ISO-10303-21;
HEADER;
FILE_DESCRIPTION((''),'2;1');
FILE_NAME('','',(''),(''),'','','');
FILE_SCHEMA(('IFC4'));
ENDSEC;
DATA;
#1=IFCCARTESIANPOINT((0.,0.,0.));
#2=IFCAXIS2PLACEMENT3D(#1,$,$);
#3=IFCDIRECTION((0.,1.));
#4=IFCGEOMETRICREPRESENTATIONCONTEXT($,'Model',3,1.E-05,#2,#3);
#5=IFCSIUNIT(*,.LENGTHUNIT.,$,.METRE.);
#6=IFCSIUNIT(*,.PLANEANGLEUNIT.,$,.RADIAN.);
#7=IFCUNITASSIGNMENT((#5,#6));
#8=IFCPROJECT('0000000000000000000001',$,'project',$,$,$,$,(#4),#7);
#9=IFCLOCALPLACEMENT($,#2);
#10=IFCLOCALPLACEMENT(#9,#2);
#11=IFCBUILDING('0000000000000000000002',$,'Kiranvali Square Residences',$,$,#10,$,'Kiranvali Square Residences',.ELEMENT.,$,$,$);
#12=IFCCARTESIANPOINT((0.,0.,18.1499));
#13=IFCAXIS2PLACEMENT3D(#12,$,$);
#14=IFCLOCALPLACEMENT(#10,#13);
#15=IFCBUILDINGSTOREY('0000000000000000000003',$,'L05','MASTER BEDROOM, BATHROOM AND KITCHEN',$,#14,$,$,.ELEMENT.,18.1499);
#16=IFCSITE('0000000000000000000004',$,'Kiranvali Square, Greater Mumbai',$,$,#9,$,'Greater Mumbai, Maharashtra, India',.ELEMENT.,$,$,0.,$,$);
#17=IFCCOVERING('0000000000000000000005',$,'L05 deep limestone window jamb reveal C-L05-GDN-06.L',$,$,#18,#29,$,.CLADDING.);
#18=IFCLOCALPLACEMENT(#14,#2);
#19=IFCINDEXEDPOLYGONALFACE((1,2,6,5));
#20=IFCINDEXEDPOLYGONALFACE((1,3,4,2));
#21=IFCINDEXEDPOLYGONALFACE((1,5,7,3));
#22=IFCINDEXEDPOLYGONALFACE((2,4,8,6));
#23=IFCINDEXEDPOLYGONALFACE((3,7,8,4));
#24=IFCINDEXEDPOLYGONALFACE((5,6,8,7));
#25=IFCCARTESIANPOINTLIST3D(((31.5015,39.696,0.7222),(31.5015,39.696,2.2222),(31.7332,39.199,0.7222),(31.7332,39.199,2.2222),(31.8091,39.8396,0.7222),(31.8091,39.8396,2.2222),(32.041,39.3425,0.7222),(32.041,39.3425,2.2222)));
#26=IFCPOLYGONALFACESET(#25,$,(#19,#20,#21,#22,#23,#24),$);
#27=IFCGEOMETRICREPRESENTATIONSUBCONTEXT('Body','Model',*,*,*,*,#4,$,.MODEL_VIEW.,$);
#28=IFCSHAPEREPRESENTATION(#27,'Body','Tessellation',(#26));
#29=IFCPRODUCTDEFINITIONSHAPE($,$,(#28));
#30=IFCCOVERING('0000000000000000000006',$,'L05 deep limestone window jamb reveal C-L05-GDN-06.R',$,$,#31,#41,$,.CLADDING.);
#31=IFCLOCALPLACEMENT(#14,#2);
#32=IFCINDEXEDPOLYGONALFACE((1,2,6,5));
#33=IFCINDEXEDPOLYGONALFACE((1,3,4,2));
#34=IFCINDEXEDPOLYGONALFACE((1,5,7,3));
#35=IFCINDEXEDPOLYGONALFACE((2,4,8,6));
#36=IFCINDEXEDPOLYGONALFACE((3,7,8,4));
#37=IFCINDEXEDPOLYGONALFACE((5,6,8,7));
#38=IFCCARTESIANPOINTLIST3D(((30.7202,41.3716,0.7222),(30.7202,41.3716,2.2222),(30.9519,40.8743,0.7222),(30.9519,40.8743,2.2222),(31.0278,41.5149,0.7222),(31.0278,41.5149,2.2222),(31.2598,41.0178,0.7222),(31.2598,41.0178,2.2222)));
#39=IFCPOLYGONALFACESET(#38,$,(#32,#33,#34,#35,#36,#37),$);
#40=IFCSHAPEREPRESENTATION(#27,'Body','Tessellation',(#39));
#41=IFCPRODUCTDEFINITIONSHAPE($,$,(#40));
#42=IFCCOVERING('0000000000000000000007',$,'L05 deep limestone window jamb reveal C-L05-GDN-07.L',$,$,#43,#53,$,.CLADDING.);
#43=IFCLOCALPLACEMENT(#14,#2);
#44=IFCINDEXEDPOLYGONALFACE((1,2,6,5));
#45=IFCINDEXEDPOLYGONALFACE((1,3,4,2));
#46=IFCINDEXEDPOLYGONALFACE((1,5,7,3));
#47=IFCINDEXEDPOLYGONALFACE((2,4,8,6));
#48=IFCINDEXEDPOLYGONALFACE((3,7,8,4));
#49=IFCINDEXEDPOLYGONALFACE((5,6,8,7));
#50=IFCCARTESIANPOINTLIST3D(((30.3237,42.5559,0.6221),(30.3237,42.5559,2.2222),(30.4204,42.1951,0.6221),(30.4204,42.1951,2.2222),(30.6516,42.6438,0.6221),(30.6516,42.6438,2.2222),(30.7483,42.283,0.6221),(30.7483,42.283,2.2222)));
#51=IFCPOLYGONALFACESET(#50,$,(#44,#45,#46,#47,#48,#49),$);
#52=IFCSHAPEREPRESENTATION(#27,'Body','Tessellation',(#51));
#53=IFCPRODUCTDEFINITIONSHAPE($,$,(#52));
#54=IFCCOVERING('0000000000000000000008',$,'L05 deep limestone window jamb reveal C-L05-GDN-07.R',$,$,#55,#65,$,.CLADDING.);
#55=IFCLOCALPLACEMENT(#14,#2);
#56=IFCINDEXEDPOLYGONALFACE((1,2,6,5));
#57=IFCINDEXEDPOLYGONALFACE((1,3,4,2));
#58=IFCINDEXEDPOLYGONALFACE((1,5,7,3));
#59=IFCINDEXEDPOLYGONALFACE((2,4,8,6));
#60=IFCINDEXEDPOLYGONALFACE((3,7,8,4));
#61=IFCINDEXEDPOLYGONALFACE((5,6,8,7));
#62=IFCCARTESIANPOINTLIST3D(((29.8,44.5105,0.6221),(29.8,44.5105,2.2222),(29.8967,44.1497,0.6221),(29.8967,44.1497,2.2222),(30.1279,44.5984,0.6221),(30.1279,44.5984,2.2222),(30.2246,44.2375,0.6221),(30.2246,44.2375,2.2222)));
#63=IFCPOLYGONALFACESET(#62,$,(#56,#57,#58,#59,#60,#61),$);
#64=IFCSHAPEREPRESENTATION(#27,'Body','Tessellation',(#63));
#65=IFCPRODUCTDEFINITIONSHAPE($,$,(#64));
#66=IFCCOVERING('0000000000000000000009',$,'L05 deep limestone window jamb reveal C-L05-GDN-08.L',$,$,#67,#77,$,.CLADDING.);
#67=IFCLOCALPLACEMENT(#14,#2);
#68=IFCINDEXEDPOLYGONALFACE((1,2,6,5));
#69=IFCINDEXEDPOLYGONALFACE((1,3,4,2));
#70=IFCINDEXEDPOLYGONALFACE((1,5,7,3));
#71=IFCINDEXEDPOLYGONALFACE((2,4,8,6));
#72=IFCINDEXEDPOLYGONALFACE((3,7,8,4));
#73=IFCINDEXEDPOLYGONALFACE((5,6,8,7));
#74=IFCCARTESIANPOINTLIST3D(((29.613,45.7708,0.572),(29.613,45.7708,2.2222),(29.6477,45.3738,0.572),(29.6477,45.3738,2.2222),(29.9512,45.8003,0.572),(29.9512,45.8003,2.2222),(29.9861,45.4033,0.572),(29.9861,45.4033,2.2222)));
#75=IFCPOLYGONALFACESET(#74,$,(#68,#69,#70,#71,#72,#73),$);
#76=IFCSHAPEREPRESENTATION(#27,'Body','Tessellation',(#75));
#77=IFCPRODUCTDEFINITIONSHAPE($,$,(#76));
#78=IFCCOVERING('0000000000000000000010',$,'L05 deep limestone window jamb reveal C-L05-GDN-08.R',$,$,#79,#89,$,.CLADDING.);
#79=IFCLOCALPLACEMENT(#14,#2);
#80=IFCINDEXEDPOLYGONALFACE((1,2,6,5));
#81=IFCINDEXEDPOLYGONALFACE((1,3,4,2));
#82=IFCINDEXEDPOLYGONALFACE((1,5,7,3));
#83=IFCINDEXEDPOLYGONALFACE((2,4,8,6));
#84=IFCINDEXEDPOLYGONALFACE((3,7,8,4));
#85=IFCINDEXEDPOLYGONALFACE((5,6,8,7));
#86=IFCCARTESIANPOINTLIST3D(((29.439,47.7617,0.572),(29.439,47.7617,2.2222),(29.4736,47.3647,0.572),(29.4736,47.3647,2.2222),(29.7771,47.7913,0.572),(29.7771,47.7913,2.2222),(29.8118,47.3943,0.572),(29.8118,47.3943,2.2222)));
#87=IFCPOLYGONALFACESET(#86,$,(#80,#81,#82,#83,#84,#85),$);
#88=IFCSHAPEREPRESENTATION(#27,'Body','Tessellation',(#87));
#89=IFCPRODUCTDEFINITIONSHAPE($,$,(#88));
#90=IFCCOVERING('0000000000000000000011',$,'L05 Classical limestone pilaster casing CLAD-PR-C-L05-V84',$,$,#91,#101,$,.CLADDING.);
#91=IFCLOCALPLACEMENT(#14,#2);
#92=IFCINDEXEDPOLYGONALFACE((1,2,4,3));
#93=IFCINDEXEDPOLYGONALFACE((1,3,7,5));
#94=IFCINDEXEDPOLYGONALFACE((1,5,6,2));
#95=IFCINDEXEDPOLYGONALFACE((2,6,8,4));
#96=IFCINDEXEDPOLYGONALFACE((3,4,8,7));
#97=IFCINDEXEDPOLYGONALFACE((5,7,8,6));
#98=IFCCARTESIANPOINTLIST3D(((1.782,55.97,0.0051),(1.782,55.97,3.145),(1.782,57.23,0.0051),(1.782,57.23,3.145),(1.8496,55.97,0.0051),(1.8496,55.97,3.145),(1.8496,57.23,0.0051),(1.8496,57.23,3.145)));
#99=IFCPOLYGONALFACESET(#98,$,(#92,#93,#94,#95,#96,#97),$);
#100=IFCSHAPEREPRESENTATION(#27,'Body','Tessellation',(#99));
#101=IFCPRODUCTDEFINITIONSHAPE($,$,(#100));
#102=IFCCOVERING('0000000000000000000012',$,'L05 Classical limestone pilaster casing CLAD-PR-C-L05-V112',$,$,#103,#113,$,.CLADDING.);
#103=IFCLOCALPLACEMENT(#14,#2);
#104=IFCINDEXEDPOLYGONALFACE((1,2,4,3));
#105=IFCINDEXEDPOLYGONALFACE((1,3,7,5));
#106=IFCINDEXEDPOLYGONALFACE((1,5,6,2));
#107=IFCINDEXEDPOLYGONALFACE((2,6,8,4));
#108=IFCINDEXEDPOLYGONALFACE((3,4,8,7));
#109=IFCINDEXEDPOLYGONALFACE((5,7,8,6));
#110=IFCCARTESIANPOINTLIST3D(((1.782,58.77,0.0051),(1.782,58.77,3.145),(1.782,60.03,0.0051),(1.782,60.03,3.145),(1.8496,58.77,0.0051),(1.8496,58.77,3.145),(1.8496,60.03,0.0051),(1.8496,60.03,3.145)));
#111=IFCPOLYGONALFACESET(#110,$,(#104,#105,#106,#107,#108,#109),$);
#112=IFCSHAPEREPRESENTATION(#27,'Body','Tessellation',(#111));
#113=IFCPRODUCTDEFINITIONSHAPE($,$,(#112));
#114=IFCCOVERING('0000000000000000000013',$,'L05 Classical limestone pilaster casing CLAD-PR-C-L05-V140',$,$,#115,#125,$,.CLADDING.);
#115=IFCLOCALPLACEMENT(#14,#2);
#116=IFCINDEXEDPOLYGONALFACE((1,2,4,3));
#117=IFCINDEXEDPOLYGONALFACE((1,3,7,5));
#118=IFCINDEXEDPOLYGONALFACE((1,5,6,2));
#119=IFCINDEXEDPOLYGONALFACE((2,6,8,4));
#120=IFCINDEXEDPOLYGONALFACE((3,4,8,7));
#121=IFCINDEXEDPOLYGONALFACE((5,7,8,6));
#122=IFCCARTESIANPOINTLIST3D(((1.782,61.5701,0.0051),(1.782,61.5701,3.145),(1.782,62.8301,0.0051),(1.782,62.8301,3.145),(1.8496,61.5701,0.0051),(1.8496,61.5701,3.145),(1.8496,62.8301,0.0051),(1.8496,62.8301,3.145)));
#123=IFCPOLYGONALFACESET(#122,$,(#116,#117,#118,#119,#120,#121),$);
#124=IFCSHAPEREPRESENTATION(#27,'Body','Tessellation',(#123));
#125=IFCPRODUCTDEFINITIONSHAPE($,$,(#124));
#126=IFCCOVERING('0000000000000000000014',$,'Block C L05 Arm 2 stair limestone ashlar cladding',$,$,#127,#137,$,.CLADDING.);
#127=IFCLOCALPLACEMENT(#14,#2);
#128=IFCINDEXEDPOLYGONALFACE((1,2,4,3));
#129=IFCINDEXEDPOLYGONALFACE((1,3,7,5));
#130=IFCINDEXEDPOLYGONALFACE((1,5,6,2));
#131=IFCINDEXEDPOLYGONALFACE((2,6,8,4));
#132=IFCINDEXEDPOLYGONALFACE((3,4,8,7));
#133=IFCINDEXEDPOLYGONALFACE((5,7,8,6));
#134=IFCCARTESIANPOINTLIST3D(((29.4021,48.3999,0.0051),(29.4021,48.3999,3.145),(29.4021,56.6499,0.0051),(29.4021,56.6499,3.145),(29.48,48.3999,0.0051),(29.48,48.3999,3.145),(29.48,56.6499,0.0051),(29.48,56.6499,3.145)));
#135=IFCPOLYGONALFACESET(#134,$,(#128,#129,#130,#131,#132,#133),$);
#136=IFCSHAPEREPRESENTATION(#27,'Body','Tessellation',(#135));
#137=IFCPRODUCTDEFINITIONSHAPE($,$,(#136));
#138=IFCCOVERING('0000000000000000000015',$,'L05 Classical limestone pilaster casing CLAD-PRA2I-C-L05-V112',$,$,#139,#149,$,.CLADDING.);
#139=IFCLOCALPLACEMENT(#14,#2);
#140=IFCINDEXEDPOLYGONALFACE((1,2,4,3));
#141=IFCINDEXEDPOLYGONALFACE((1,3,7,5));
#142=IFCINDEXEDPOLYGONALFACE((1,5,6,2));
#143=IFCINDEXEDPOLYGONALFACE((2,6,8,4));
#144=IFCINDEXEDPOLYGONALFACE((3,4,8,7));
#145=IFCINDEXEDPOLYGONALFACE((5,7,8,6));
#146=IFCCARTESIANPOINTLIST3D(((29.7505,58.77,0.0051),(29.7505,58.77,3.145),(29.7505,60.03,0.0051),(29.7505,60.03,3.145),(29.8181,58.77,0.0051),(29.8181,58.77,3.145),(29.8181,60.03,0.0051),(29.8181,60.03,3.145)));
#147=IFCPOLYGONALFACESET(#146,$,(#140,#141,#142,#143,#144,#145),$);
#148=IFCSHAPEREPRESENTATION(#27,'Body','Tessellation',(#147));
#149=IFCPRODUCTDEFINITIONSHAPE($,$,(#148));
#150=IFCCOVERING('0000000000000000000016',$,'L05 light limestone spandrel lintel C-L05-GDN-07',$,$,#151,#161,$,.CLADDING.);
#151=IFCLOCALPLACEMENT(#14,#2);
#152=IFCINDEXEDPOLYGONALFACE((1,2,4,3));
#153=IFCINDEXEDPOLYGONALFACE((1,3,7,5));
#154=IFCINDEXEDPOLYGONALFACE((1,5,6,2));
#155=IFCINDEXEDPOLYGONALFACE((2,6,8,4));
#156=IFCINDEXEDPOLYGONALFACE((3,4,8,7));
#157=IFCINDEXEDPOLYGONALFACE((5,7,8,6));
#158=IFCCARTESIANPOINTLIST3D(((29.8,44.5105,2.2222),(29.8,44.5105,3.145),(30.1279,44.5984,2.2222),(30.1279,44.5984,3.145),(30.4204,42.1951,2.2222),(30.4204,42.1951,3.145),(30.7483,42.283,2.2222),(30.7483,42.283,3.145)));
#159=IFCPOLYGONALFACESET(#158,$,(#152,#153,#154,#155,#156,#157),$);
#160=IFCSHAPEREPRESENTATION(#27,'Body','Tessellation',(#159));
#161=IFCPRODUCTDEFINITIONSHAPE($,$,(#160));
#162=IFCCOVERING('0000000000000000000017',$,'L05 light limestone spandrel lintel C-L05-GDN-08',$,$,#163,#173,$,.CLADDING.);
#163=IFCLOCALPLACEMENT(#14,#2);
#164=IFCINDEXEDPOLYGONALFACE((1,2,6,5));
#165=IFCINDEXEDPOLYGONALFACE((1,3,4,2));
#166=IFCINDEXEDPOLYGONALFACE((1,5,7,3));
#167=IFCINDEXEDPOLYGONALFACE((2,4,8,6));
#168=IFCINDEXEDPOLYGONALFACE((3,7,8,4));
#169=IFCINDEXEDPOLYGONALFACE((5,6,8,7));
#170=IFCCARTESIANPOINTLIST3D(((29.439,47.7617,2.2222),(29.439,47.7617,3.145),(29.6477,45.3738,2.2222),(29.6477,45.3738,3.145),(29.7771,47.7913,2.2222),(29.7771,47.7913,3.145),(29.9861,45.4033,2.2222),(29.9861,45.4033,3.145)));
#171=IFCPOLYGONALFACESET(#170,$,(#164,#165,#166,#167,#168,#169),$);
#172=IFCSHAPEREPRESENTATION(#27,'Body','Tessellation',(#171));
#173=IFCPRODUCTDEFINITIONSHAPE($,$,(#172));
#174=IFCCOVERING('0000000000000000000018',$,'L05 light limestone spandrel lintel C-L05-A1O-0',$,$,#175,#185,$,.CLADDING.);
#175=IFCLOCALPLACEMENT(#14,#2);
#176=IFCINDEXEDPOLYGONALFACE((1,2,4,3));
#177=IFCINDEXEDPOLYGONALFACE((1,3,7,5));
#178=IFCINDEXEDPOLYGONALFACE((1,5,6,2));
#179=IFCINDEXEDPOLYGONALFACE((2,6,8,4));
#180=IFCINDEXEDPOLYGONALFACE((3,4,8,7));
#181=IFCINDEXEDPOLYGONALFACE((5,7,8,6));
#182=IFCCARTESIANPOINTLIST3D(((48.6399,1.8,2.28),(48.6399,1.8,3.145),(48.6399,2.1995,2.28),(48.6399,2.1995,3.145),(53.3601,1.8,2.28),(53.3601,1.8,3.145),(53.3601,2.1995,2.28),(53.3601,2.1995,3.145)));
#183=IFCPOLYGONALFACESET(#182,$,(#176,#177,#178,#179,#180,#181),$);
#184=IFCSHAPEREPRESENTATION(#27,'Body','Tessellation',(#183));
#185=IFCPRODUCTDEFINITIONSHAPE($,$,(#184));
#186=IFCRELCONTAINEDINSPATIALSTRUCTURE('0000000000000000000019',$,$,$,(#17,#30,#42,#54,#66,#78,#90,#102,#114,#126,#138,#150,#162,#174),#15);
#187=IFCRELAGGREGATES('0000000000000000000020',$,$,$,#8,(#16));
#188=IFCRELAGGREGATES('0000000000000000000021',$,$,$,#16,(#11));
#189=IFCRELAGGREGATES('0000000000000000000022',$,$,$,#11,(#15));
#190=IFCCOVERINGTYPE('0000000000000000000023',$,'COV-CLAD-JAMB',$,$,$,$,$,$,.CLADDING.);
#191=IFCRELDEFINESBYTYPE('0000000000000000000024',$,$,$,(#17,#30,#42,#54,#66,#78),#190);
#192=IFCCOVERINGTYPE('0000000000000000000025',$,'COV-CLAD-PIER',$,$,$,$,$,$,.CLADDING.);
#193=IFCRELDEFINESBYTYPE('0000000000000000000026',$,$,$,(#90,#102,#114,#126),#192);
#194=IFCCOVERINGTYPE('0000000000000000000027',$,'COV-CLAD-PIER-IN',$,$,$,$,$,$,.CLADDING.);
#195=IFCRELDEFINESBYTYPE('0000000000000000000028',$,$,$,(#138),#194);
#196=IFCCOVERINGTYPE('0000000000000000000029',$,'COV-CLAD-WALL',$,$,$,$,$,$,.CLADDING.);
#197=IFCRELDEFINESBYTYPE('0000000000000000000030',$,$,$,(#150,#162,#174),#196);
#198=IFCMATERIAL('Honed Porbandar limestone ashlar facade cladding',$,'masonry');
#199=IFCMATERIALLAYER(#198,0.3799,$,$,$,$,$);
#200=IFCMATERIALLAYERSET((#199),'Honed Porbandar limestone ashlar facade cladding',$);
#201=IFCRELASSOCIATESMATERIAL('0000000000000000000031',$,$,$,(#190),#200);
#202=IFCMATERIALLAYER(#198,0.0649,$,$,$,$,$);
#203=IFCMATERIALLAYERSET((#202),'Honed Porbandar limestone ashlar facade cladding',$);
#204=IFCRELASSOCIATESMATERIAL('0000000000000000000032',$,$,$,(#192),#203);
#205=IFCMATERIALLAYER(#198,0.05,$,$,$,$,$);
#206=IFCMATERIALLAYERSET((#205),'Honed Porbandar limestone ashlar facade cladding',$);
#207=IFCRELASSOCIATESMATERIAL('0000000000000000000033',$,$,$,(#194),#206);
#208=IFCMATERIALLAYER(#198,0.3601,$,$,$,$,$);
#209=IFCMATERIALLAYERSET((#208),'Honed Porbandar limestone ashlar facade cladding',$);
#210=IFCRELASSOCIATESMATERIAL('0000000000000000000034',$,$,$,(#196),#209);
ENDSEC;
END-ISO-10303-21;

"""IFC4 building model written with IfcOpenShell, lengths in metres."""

from ifc_helpers import new_model, si_unit, direction, frame, origin, place, context, subcontext, project, spatial, polyline, outline, extrude, material, layer, layer_set, type_object, element, save


model = new_model("IFC4")

# Units and contexts
model_context = context("Model", 3, precision=1e-05, world=origin(), true_north=direction((0.0, 1.0)))
body_context = subcontext(model_context, "Body", "Model", "MODEL_VIEW")
ifc_project = project(units=[si_unit("LENGTHUNIT", "METRE"), si_unit("PLANEANGLEUNIT", "RADIAN")], contexts=[model_context])

# Site, building, storey
site_placement = place(None, origin())
site = spatial("IfcSite", under=ifc_project, at=site_placement, Name="Kiranvali Square, Greater Mumbai", LongName="Greater Mumbai, Maharashtra, India", CompositionType="ELEMENT", RefElevation=0.0)
building_placement = place(site_placement, origin())
building = spatial("IfcBuilding", under=site, at=building_placement, Name="Kiranvali Square Residences", LongName="Kiranvali Square Residences", CompositionType="ELEMENT")
storey_placement = place(building_placement, frame((0.0, 0.0, 18.1499)))
storey = spatial("IfcBuildingStorey", under=building, at=storey_placement, Name="L05", Description="MASTER BEDROOM, BATHROOM AND KITCHEN", CompositionType="ELEMENT", Elevation=18.1499)

# Coverings
ifc_material = material(Name="Honed Porbandar limestone ashlar facade cladding", Category="masonry")
ifc_layer_1 = layer(ifc_material, 0.3799)
ifc_layer_set_1 = layer_set([ifc_layer_1], Name="Honed Porbandar limestone ashlar facade cladding")
covering_type_1 = type_object("IfcCoveringType", Name="COV-CLAD-JAMB", PredefinedType="CLADDING", material=ifc_layer_set_1)
covering_1_placement = place(storey_placement, frame((0.0, 0.0, 0.7222)))
element("IfcCovering", 1, at=covering_1_placement, inside=storey, type_object=covering_type_1, Name="L05 deep limestone window jamb reveal C-L05-GDN-06.L", PredefinedType="CLADDING", context=body_context, shape_type="SweptSolid", body=[
    extrude(outline(polyline([(32.041, 39.3425), (31.8091, 39.8396), (31.5015, 39.696), (31.7332, 39.199), (32.041, 39.3425)])), origin(), (0.0, 0.0, 1.0), 1.5),
])
covering_2_placement = place(storey_placement, frame((0.0, 0.0, 0.7222)))
element("IfcCovering", 2, at=covering_2_placement, inside=storey, type_object=covering_type_1, Name="L05 deep limestone window jamb reveal C-L05-GDN-06.R", PredefinedType="CLADDING", context=body_context, shape_type="SweptSolid", body=[
    extrude(outline(polyline([(31.2598, 41.0178), (31.0278, 41.5149), (30.7202, 41.3716), (30.9519, 40.8743), (31.2598, 41.0178)])), origin(), (0.0, 0.0, 1.0), 1.5),
])
covering_3_placement = place(storey_placement, frame((0.0, 0.0, 0.6221)))
element("IfcCovering", 3, at=covering_3_placement, inside=storey, type_object=covering_type_1, Name="L05 deep limestone window jamb reveal C-L05-GDN-07.L", PredefinedType="CLADDING", context=body_context, shape_type="SweptSolid", body=[
    extrude(outline(polyline([(30.7483, 42.283), (30.6516, 42.6438), (30.3237, 42.5559), (30.4204, 42.1951), (30.7483, 42.283)])), origin(), (0.0, 0.0, 1.0), 1.6001),
])
covering_4_placement = place(storey_placement, frame((0.0, 0.0, 0.6221)))
element("IfcCovering", 4, at=covering_4_placement, inside=storey, type_object=covering_type_1, Name="L05 deep limestone window jamb reveal C-L05-GDN-07.R", PredefinedType="CLADDING", context=body_context, shape_type="SweptSolid", body=[
    extrude(outline(polyline([(30.2246, 44.2375), (30.1279, 44.5984), (29.8, 44.5105), (29.8967, 44.1497), (30.2246, 44.2375)])), origin(), (0.0, 0.0, 1.0), 1.6001),
])
covering_5_placement = place(storey_placement, frame((0.0, 0.0, 0.572)))
element("IfcCovering", 5, at=covering_5_placement, inside=storey, type_object=covering_type_1, Name="L05 deep limestone window jamb reveal C-L05-GDN-08.L", PredefinedType="CLADDING", context=body_context, shape_type="SweptSolid", body=[
    extrude(outline(polyline([(29.9861, 45.4033), (29.9512, 45.8003), (29.613, 45.7708), (29.6477, 45.3738), (29.9861, 45.4033)])), origin(), (0.0, 0.0, 1.0), 1.6501),
])
covering_6_placement = place(storey_placement, frame((0.0, 0.0, 0.572)))
element("IfcCovering", 6, at=covering_6_placement, inside=storey, type_object=covering_type_1, Name="L05 deep limestone window jamb reveal C-L05-GDN-08.R", PredefinedType="CLADDING", context=body_context, shape_type="SweptSolid", body=[
    extrude(outline(polyline([(29.8118, 47.3943), (29.7771, 47.7913), (29.439, 47.7617), (29.4736, 47.3647), (29.8118, 47.3943)])), origin(), (0.0, 0.0, 1.0), 1.6501),
])
ifc_layer_2 = layer(ifc_material, 0.0649)
ifc_layer_set_2 = layer_set([ifc_layer_2], Name="Honed Porbandar limestone ashlar facade cladding")
covering_type_2 = type_object("IfcCoveringType", Name="COV-CLAD-PIER", PredefinedType="CLADDING", material=ifc_layer_set_2)
covering_7_placement = place(storey_placement, frame((0.0, 0.0, 0.0051)))
element("IfcCovering", 7, at=covering_7_placement, inside=storey, type_object=covering_type_2, Name="L05 Classical limestone pilaster casing CLAD-PR-C-L05-V84", PredefinedType="CLADDING", context=body_context, shape_type="SweptSolid", body=[
    extrude(outline(polyline([(1.8496, 55.97), (1.8496, 57.23), (1.782, 57.23), (1.782, 55.97), (1.8496, 55.97)])), origin(), (0.0, 0.0, 1.0), 3.1399),
])
covering_8_placement = place(storey_placement, frame((0.0, 0.0, 0.0051)))
element("IfcCovering", 8, at=covering_8_placement, inside=storey, type_object=covering_type_2, Name="L05 Classical limestone pilaster casing CLAD-PR-C-L05-V112", PredefinedType="CLADDING", context=body_context, shape_type="SweptSolid", body=[
    extrude(outline(polyline([(1.8496, 58.77), (1.8496, 60.03), (1.782, 60.03), (1.782, 58.77), (1.8496, 58.77)])), origin(), (0.0, 0.0, 1.0), 3.1399),
])
covering_9_placement = place(storey_placement, frame((0.0, 0.0, 0.0051)))
element("IfcCovering", 9, at=covering_9_placement, inside=storey, type_object=covering_type_2, Name="L05 Classical limestone pilaster casing CLAD-PR-C-L05-V140", PredefinedType="CLADDING", context=body_context, shape_type="SweptSolid", body=[
    extrude(outline(polyline([(1.8496, 61.5701), (1.8496, 62.8301), (1.782, 62.8301), (1.782, 61.5701), (1.8496, 61.5701)])), origin(), (0.0, 0.0, 1.0), 3.1399),
])
covering_10_placement = place(storey_placement, frame((0.0, 0.0, 0.0051)))
element("IfcCovering", 10, at=covering_10_placement, inside=storey, type_object=covering_type_2, Name="Block C L05 Arm 2 stair limestone ashlar cladding", PredefinedType="CLADDING", context=body_context, shape_type="SweptSolid", body=[
    extrude(outline(polyline([(29.48, 48.3999), (29.48, 56.6499), (29.4021, 56.6499), (29.4021, 48.3999), (29.48, 48.3999)])), origin(), (0.0, 0.0, 1.0), 3.1399),
])
ifc_layer_3 = layer(ifc_material, 0.05)
ifc_layer_set_3 = layer_set([ifc_layer_3], Name="Honed Porbandar limestone ashlar facade cladding")
covering_type_3 = type_object("IfcCoveringType", Name="COV-CLAD-PIER-IN", PredefinedType="CLADDING", material=ifc_layer_set_3)
covering_11_placement = place(storey_placement, frame((0.0, 0.0, 0.0051)))
element("IfcCovering", 11, at=covering_11_placement, inside=storey, type_object=covering_type_3, Name="L05 Classical limestone pilaster casing CLAD-PRA2I-C-L05-V112", PredefinedType="CLADDING", context=body_context, shape_type="SweptSolid", body=[
    extrude(outline(polyline([(29.8181, 58.77), (29.8181, 60.03), (29.7505, 60.03), (29.7505, 58.77), (29.8181, 58.77)])), origin(), (0.0, 0.0, 1.0), 3.1399),
])
ifc_layer_4 = layer(ifc_material, 0.3601)
ifc_layer_set_4 = layer_set([ifc_layer_4], Name="Honed Porbandar limestone ashlar facade cladding")
covering_type_4 = type_object("IfcCoveringType", Name="COV-CLAD-WALL", PredefinedType="CLADDING", material=ifc_layer_set_4)
covering_12_placement = place(storey_placement, frame((0.0, 0.0, 2.2222)))
element("IfcCovering", 12, at=covering_12_placement, inside=storey, type_object=covering_type_4, Name="L05 light limestone spandrel lintel C-L05-GDN-07", PredefinedType="CLADDING", context=body_context, shape_type="SweptSolid", body=[
    extrude(outline(polyline([(30.7483, 42.283), (30.1279, 44.5984), (29.8, 44.5105), (30.4204, 42.1951), (30.7483, 42.283)])), origin(), (0.0, 0.0, 1.0), 0.9229),
])
covering_13_placement = place(storey_placement, frame((0.0, 0.0, 2.2222)))
element("IfcCovering", 13, at=covering_13_placement, inside=storey, type_object=covering_type_4, Name="L05 light limestone spandrel lintel C-L05-GDN-08", PredefinedType="CLADDING", context=body_context, shape_type="SweptSolid", body=[
    extrude(outline(polyline([(29.9861, 45.4033), (29.7771, 47.7913), (29.439, 47.7617), (29.6477, 45.3738), (29.9861, 45.4033)])), origin(), (0.0, 0.0, 1.0), 0.9229),
])
covering_14_placement = place(storey_placement, frame((0.0, 0.0, 2.28)))
element("IfcCovering", 14, at=covering_14_placement, inside=storey, type_object=covering_type_4, Name="L05 light limestone spandrel lintel C-L05-A1O-0", PredefinedType="CLADDING", context=body_context, shape_type="SweptSolid", body=[
    extrude(outline(polyline([(48.6399, 1.8), (53.3601, 1.8), (53.3601, 2.1995), (48.6399, 2.1995), (48.6399, 1.8)])), origin(), (0.0, 0.0, 1.0), 0.865),
])

save(model, "model.ifc")
